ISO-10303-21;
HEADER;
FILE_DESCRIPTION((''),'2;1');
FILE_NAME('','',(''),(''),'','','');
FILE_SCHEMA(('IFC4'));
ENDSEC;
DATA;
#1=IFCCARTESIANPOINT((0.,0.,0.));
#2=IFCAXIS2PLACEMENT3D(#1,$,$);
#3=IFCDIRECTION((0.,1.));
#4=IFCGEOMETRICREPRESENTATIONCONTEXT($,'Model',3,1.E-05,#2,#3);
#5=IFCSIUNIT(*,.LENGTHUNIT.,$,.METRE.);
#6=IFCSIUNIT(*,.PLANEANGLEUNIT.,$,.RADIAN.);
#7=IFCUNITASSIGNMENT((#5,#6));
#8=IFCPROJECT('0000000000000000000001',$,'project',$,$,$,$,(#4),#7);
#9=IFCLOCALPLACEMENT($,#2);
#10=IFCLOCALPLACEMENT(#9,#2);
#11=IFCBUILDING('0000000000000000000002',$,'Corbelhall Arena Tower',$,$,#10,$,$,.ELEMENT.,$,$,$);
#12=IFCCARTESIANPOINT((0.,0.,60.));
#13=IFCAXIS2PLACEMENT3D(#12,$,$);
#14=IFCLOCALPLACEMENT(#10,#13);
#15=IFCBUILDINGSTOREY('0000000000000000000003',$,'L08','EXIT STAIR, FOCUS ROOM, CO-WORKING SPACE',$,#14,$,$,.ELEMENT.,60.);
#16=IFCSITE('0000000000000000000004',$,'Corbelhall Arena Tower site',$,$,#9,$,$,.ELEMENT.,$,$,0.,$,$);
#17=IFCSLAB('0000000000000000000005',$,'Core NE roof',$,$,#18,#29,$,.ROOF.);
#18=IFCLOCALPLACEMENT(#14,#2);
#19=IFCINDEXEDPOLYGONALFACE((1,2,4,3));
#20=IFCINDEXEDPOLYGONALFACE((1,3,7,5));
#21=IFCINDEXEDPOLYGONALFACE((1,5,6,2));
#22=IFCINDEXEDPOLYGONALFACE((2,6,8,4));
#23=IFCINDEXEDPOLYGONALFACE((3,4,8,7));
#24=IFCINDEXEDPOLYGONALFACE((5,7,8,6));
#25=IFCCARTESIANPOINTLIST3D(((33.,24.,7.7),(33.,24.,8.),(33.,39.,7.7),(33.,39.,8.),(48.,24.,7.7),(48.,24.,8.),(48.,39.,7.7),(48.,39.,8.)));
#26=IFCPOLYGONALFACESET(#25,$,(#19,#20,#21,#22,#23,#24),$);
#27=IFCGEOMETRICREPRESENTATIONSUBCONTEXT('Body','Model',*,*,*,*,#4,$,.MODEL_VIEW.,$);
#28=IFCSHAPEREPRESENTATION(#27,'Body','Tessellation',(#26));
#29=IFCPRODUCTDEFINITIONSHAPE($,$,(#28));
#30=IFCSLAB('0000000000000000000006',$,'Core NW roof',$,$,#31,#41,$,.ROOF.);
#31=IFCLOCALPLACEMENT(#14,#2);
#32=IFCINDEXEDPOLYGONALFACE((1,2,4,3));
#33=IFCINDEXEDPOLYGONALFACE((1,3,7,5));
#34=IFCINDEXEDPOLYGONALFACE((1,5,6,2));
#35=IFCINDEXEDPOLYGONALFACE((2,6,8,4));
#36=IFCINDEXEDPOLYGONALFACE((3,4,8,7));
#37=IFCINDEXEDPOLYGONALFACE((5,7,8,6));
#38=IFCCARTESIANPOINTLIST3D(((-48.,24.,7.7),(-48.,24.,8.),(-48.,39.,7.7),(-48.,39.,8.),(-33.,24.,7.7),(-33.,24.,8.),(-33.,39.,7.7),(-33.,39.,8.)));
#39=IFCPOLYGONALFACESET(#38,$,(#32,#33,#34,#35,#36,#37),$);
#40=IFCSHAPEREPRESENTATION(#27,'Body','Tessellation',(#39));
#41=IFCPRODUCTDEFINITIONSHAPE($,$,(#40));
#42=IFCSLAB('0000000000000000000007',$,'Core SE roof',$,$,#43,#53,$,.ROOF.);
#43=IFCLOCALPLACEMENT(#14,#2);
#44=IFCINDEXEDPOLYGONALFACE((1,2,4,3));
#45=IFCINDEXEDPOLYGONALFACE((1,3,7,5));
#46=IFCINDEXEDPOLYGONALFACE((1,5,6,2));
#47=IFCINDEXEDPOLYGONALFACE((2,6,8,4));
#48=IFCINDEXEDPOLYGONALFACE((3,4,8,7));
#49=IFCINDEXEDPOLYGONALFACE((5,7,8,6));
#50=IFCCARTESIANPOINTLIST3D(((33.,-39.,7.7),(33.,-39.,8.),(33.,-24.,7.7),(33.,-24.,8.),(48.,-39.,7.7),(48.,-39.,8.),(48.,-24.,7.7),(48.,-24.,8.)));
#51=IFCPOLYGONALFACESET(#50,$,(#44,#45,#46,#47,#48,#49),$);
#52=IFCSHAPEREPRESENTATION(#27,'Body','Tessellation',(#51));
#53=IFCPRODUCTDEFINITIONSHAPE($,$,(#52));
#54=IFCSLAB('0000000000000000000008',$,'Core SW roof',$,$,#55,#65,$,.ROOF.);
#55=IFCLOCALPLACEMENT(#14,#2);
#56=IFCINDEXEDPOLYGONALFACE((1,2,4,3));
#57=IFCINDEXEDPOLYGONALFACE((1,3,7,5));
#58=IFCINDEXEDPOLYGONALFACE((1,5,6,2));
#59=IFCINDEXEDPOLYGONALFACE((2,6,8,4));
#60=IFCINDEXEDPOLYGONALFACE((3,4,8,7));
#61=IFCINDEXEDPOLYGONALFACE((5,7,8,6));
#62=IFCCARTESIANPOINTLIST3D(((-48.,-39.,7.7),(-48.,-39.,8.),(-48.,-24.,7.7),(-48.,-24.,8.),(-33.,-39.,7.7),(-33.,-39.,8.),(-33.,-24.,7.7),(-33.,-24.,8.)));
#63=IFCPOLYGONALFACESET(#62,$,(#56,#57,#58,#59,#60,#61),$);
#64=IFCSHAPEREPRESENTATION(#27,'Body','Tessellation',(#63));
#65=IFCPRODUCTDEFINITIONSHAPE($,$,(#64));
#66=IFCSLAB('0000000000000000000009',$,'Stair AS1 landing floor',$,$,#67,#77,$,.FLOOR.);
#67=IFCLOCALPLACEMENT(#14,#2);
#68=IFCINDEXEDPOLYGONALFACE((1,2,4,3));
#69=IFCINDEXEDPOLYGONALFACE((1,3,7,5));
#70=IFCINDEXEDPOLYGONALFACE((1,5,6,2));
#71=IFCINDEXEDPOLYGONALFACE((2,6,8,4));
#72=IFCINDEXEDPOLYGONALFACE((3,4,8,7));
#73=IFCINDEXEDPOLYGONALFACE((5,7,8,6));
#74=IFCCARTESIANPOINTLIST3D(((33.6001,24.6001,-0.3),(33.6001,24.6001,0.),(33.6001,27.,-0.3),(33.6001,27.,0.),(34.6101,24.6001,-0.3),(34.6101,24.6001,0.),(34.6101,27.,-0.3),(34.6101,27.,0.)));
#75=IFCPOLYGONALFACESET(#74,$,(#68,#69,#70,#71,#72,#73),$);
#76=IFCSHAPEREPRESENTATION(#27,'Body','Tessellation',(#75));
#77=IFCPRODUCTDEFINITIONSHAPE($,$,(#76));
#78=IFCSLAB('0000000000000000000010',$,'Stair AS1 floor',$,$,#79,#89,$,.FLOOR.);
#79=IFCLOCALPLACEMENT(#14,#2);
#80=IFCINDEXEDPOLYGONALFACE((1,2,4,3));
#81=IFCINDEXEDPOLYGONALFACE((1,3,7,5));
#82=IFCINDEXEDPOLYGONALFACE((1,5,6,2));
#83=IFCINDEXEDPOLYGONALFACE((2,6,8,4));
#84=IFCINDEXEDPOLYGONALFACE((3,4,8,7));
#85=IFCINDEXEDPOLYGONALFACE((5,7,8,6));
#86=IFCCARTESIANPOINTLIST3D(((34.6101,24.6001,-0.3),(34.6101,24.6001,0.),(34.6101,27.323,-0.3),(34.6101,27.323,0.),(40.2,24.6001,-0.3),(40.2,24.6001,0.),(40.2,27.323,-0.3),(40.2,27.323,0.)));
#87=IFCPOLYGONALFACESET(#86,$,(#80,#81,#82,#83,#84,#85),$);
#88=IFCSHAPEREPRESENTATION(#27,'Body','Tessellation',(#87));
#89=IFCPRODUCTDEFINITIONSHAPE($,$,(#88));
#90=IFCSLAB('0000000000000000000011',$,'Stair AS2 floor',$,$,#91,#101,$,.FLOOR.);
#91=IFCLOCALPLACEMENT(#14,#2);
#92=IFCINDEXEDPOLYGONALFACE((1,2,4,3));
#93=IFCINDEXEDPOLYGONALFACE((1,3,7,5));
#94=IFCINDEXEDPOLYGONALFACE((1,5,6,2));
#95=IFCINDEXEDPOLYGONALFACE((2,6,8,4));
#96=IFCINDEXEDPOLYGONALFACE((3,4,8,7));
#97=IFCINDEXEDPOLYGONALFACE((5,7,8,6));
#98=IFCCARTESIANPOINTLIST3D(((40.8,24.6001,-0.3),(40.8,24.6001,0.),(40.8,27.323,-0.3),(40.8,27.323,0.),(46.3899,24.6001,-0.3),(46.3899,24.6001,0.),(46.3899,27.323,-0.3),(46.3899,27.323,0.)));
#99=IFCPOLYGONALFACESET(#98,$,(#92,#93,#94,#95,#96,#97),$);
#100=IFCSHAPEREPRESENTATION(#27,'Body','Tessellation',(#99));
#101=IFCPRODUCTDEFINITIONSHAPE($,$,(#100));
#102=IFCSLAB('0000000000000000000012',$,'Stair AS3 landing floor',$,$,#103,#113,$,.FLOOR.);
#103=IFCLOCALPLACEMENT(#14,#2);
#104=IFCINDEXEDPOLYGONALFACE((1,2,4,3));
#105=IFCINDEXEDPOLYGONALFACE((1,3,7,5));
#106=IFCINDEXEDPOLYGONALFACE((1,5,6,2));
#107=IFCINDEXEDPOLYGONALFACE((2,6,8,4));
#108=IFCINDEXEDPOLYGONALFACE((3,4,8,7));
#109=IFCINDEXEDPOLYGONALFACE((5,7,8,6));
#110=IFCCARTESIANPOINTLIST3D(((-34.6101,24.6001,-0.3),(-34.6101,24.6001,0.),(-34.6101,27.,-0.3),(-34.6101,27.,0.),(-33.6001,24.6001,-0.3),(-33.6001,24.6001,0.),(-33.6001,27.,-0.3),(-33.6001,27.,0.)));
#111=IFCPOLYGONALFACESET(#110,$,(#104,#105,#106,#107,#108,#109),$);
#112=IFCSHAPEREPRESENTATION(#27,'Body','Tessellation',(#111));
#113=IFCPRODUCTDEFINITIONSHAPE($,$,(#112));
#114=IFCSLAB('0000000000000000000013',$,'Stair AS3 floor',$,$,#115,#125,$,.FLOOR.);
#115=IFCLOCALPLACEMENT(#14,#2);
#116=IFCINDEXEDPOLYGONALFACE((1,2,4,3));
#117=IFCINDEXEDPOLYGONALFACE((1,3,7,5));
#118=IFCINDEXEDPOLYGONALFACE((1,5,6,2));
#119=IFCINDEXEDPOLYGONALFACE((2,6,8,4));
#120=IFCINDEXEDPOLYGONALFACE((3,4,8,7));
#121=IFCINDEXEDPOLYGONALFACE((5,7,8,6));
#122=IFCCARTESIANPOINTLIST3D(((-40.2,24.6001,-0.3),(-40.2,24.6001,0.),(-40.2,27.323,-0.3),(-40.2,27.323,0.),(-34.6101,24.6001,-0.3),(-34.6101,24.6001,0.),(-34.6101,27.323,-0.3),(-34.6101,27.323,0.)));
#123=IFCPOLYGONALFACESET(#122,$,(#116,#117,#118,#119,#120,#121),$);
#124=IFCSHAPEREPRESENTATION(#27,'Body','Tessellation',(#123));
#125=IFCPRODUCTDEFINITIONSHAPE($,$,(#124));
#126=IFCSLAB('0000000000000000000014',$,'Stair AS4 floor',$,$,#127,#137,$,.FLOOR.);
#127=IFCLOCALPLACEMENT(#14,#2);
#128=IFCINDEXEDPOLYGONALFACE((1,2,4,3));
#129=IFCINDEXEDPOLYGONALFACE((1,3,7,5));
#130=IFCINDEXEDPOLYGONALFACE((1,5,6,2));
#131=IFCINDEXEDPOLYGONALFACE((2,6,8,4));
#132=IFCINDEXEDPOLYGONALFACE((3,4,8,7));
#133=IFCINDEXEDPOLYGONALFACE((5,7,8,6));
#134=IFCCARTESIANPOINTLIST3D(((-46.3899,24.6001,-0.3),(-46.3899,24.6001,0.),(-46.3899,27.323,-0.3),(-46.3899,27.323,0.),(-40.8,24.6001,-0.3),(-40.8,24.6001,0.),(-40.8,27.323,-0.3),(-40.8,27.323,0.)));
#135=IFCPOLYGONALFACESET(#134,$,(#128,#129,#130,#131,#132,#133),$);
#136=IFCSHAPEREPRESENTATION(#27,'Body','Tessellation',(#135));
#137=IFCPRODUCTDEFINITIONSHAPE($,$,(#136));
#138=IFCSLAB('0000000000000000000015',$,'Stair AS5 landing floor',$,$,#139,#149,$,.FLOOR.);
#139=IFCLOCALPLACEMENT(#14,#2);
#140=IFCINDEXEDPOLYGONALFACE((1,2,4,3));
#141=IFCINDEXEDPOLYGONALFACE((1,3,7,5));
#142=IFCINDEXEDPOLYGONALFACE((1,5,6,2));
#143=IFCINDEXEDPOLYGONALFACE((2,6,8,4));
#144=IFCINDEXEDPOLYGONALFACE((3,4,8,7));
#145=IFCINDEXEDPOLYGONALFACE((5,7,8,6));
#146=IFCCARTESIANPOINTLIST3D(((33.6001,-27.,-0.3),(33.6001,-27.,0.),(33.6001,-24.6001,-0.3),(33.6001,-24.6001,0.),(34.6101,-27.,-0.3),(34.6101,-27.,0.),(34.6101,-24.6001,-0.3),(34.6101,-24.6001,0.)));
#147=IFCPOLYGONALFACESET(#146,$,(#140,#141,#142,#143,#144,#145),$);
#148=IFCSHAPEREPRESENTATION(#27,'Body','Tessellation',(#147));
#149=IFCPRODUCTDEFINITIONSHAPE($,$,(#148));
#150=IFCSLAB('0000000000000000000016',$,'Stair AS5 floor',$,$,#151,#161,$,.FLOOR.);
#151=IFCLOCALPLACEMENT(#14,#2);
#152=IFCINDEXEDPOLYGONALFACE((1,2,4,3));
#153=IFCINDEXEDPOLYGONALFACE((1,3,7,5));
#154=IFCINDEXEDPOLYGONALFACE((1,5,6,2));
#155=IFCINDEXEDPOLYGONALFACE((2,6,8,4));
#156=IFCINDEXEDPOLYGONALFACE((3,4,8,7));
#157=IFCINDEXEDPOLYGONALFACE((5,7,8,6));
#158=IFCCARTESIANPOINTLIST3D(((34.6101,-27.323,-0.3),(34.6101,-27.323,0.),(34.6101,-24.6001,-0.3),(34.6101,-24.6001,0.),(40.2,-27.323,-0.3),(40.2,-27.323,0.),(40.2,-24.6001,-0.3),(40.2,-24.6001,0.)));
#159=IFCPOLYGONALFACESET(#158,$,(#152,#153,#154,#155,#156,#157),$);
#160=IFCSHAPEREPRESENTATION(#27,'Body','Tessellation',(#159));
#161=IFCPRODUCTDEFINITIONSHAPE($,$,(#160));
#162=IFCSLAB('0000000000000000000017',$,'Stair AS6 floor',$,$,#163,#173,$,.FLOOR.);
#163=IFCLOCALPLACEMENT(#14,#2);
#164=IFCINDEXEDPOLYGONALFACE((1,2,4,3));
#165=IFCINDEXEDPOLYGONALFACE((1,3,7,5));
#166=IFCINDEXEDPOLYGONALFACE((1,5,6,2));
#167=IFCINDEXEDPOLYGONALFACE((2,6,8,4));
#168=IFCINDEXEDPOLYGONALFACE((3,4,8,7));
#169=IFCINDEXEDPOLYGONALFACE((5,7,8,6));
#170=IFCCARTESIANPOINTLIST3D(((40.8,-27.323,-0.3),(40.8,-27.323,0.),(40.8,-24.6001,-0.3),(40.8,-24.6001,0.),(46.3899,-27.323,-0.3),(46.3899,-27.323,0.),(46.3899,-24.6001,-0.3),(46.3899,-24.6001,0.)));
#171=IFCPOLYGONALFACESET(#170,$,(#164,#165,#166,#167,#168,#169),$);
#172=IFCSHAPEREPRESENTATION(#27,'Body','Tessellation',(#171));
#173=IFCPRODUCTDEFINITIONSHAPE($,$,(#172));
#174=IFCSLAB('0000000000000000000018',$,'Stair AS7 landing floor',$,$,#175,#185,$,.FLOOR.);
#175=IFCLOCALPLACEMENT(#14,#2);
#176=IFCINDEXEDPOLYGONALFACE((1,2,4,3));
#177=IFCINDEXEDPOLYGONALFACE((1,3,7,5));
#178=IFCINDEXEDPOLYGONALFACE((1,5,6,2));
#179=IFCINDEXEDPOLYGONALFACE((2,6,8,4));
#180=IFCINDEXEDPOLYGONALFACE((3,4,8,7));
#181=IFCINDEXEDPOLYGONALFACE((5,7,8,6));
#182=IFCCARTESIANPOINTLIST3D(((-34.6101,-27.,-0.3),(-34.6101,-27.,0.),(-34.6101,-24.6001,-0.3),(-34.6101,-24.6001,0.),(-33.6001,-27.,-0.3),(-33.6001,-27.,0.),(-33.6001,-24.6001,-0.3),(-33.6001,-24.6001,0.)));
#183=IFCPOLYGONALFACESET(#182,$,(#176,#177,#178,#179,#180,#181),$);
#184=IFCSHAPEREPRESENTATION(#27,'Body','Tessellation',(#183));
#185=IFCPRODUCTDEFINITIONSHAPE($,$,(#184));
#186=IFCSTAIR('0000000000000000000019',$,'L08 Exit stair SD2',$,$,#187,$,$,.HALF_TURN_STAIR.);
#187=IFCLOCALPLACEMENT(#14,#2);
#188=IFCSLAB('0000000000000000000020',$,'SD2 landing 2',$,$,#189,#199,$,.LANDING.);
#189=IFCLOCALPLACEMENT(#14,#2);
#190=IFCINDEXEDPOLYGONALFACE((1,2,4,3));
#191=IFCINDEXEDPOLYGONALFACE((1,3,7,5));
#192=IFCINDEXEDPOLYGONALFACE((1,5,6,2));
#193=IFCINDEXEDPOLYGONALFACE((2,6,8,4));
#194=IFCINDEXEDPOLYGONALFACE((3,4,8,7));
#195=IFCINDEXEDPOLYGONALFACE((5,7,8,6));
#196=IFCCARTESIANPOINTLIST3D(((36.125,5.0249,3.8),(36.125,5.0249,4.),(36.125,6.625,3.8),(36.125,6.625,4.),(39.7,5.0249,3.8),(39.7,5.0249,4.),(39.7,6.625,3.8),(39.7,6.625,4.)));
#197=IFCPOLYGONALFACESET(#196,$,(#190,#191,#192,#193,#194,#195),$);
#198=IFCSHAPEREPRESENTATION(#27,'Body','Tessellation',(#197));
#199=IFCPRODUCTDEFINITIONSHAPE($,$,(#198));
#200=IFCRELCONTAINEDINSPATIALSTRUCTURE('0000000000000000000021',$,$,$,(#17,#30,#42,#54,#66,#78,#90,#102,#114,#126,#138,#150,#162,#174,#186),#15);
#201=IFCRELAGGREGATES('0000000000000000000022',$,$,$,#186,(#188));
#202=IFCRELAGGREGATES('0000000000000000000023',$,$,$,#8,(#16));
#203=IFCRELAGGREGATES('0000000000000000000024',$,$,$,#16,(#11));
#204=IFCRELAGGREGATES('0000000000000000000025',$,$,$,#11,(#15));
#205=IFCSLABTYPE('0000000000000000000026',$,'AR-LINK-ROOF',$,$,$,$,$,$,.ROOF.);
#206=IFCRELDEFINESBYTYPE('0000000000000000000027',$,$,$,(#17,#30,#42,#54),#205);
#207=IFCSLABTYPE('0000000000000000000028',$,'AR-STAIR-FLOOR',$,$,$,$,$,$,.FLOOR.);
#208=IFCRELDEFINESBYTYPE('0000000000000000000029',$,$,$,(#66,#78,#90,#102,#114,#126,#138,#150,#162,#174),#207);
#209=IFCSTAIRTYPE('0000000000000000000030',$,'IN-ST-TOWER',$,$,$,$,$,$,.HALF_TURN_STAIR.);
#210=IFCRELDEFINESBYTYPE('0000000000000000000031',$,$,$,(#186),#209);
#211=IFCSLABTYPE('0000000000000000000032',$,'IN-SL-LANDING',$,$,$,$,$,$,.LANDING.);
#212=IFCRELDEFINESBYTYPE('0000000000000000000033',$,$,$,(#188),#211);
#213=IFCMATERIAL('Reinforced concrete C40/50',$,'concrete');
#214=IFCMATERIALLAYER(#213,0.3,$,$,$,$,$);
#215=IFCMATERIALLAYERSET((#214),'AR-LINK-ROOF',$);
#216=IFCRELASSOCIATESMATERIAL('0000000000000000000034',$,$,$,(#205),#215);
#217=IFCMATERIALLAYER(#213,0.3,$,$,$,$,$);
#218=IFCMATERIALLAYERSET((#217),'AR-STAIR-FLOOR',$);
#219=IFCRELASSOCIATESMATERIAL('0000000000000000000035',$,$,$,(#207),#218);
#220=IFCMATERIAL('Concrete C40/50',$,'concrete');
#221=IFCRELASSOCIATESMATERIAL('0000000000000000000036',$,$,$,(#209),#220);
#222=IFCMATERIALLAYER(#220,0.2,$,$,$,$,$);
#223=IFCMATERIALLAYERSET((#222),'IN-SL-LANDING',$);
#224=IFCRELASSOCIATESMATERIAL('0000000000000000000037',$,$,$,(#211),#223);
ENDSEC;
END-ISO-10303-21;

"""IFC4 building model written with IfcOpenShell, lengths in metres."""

from ifc_helpers import new_model, si_unit, direction, frame, origin, place, context, subcontext, project, spatial, polyline, outline, extrude, material, layer, layer_set, type_object, element, aggregate, save


model = new_model("IFC4")

# Units and contexts
model_context = context("Model", 3, precision=1e-05, world=origin(), true_north=direction((0.0, 1.0)))
body_context = subcontext(model_context, "Body", "Model", "MODEL_VIEW")
ifc_project = project(units=[si_unit("LENGTHUNIT", "METRE"), si_unit("PLANEANGLEUNIT", "RADIAN")], contexts=[model_context])

# Site, building, storey
site_placement = place(None, origin())
site = spatial("IfcSite", under=ifc_project, at=site_placement, Name="Corbelhall Arena Tower site", CompositionType="ELEMENT", RefElevation=0.0)
building_placement = place(site_placement, origin())
building = spatial("IfcBuilding", under=site, at=building_placement, Name="Corbelhall Arena Tower", CompositionType="ELEMENT")
storey_placement = place(building_placement, frame((0.0, 0.0, 60.0)))
storey = spatial("IfcBuildingStorey", under=building, at=storey_placement, Name="L08", Description="EXIT STAIR, FOCUS ROOM, CO-WORKING SPACE", CompositionType="ELEMENT", Elevation=60.0)

# Slabs
ifc_material_1 = material(Name="Reinforced concrete C40/50", Category="concrete")
ifc_layer_1 = layer(ifc_material_1, 0.3)
ifc_layer_set_1 = layer_set([ifc_layer_1], Name="AR-LINK-ROOF")
slab_type_1 = type_object("IfcSlabType", Name="AR-LINK-ROOF", PredefinedType="ROOF", material=ifc_layer_set_1)
slab_1_placement = place(storey_placement, frame((0.0, 0.0, 7.7)))
element("IfcSlab", 1, at=slab_1_placement, inside=storey, type_object=slab_type_1, Name="Core NE roof", PredefinedType="ROOF", context=body_context, shape_type="SweptSolid", body=[
    extrude(outline(polyline([(33.0, 24.0), (48.0, 24.0), (48.0, 39.0), (33.0, 39.0), (33.0, 24.0)])), origin(), (0.0, 0.0, 1.0), 0.3),
])
slab_2_placement = place(storey_placement, frame((0.0, 0.0, 7.7)))
element("IfcSlab", 2, at=slab_2_placement, inside=storey, type_object=slab_type_1, Name="Core NW roof", PredefinedType="ROOF", context=body_context, shape_type="SweptSolid", body=[
    extrude(outline(polyline([(-48.0, 24.0), (-33.0, 24.0), (-33.0, 39.0), (-48.0, 39.0), (-48.0, 24.0)])), origin(), (0.0, 0.0, 1.0), 0.3),
])
slab_3_placement = place(storey_placement, frame((0.0, 0.0, 7.7)))
element("IfcSlab", 3, at=slab_3_placement, inside=storey, type_object=slab_type_1, Name="Core SE roof", PredefinedType="ROOF", context=body_context, shape_type="SweptSolid", body=[
    extrude(outline(polyline([(33.0, -39.0), (48.0, -39.0), (48.0, -24.0), (33.0, -24.0), (33.0, -39.0)])), origin(), (0.0, 0.0, 1.0), 0.3),
])
slab_4_placement = place(storey_placement, frame((0.0, 0.0, 7.7)))
element("IfcSlab", 4, at=slab_4_placement, inside=storey, type_object=slab_type_1, Name="Core SW roof", PredefinedType="ROOF", context=body_context, shape_type="SweptSolid", body=[
    extrude(outline(polyline([(-48.0, -39.0), (-33.0, -39.0), (-33.0, -24.0), (-48.0, -24.0), (-48.0, -39.0)])), origin(), (0.0, 0.0, 1.0), 0.3),
])
ifc_layer_2 = layer(ifc_material_1, 0.3)
ifc_layer_set_2 = layer_set([ifc_layer_2], Name="AR-STAIR-FLOOR")
slab_type_2 = type_object("IfcSlabType", Name="AR-STAIR-FLOOR", PredefinedType="FLOOR", material=ifc_layer_set_2)
slab_5_placement = place(storey_placement, frame((0.0, 0.0, -0.3)))
element("IfcSlab", 5, at=slab_5_placement, inside=storey, type_object=slab_type_2, Name="Stair AS1 landing floor", PredefinedType="FLOOR", context=body_context, shape_type="SweptSolid", body=[
    extrude(outline(polyline([(34.6101, 24.6001), (34.6101, 27.0), (33.6001, 27.0), (33.6001, 24.6001), (34.6101, 24.6001)])), origin(), (0.0, 0.0, 1.0), 0.3),
])
slab_6_placement = place(storey_placement, frame((0.0, 0.0, -0.3)))
element("IfcSlab", 6, at=slab_6_placement, inside=storey, type_object=slab_type_2, Name="Stair AS1 floor", PredefinedType="FLOOR", context=body_context, shape_type="SweptSolid", body=[
    extrude(outline(polyline([(40.2, 24.6001), (34.6101, 24.6001), (34.6101, 27.323), (40.2, 27.323), (40.2, 24.6001)])), origin(), (0.0, 0.0, 1.0), 0.3),
])
slab_7_placement = place(storey_placement, frame((0.0, 0.0, -0.3)))
element("IfcSlab", 7, at=slab_7_placement, inside=storey, type_object=slab_type_2, Name="Stair AS2 floor", PredefinedType="FLOOR", context=body_context, shape_type="SweptSolid", body=[
    extrude(outline(polyline([(46.3899, 24.6001), (40.8, 24.6001), (40.8, 27.323), (46.3899, 27.323), (46.3899, 24.6001)])), origin(), (0.0, 0.0, 1.0), 0.3),
])
slab_8_placement = place(storey_placement, frame((0.0, 0.0, -0.3)))
element("IfcSlab", 8, at=slab_8_placement, inside=storey, type_object=slab_type_2, Name="Stair AS3 landing floor", PredefinedType="FLOOR", context=body_context, shape_type="SweptSolid", body=[
    extrude(outline(polyline([(-33.6001, 24.6001), (-33.6001, 27.0), (-34.6101, 27.0), (-34.6101, 24.6001), (-33.6001, 24.6001)])), origin(), (0.0, 0.0, 1.0), 0.3),
])
slab_9_placement = place(storey_placement, frame((0.0, 0.0, -0.3)))
element("IfcSlab", 9, at=slab_9_placement, inside=storey, type_object=slab_type_2, Name="Stair AS3 floor", PredefinedType="FLOOR", context=body_context, shape_type="SweptSolid", body=[
    extrude(outline(polyline([(-34.6101, 24.6001), (-40.2, 24.6001), (-40.2, 27.323), (-34.6101, 27.323), (-34.6101, 24.6001)])), origin(), (0.0, 0.0, 1.0), 0.3),
])
slab_10_placement = place(storey_placement, frame((0.0, 0.0, -0.3)))
element("IfcSlab", 10, at=slab_10_placement, inside=storey, type_object=slab_type_2, Name="Stair AS4 floor", PredefinedType="FLOOR", context=body_context, shape_type="SweptSolid", body=[
    extrude(outline(polyline([(-40.8, 24.6001), (-46.3899, 24.6001), (-46.3899, 27.323), (-40.8, 27.323), (-40.8, 24.6001)])), origin(), (0.0, 0.0, 1.0), 0.3),
])
slab_11_placement = place(storey_placement, frame((0.0, 0.0, -0.3)))
element("IfcSlab", 11, at=slab_11_placement, inside=storey, type_object=slab_type_2, Name="Stair AS5 landing floor", PredefinedType="FLOOR", context=body_context, shape_type="SweptSolid", body=[
    extrude(outline(polyline([(34.6101, -27.0), (34.6101, -24.6001), (33.6001, -24.6001), (33.6001, -27.0), (34.6101, -27.0)])), origin(), (0.0, 0.0, 1.0), 0.3),
])
slab_12_placement = place(storey_placement, frame((0.0, 0.0, -0.3)))
element("IfcSlab", 12, at=slab_12_placement, inside=storey, type_object=slab_type_2, Name="Stair AS5 floor", PredefinedType="FLOOR", context=body_context, shape_type="SweptSolid", body=[
    extrude(outline(polyline([(34.6101, -24.6001), (40.2, -24.6001), (40.2, -27.323), (34.6101, -27.323), (34.6101, -24.6001)])), origin(), (0.0, 0.0, 1.0), 0.3),
])
slab_13_placement = place(storey_placement, frame((0.0, 0.0, -0.3)))
element("IfcSlab", 13, at=slab_13_placement, inside=storey, type_object=slab_type_2, Name="Stair AS6 floor", PredefinedType="FLOOR", context=body_context, shape_type="SweptSolid", body=[
    extrude(outline(polyline([(40.8, -24.6001), (46.3899, -24.6001), (46.3899, -27.323), (40.8, -27.323), (40.8, -24.6001)])), origin(), (0.0, 0.0, 1.0), 0.3),
])
slab_14_placement = place(storey_placement, frame((0.0, 0.0, -0.3)))
element("IfcSlab", 14, at=slab_14_placement, inside=storey, type_object=slab_type_2, Name="Stair AS7 landing floor", PredefinedType="FLOOR", context=body_context, shape_type="SweptSolid", body=[
    extrude(outline(polyline([(-33.6001, -27.0), (-33.6001, -24.6001), (-34.6101, -24.6001), (-34.6101, -27.0), (-33.6001, -27.0)])), origin(), (0.0, 0.0, 1.0), 0.3),
])

# Stair, slab
ifc_material_2 = material(Name="Concrete C40/50", Category="concrete")
stair_type = type_object("IfcStairType", Name="IN-ST-TOWER", PredefinedType="HALF_TURN_STAIR", material=ifc_material_2)
stair_1_placement = place(storey_placement, origin())
stair_1 = element("IfcStair", 15, at=stair_1_placement, inside=storey, type_object=stair_type, Name="L08 Exit stair SD2", PredefinedType="HALF_TURN_STAIR")
ifc_layer_3 = layer(ifc_material_2, 0.2)
ifc_layer_set_3 = layer_set([ifc_layer_3], Name="IN-SL-LANDING")
slab_type_3 = type_object("IfcSlabType", Name="IN-SL-LANDING", PredefinedType="LANDING", material=ifc_layer_set_3)
slab_15_placement = place(storey_placement, frame((0.0, 0.0, 3.8)))
slab_15 = element("IfcSlab", 16, at=slab_15_placement, type_object=slab_type_3, Name="SD2 landing 2", PredefinedType="LANDING", context=body_context, shape_type="SweptSolid", body=[
    extrude(outline(polyline([(36.125, 6.625), (36.125, 5.0249), (39.7, 5.0249), (39.7, 6.625), (36.125, 6.625)])), origin(), (0.0, 0.0, 1.0), 0.2),
])
aggregate(stair_1, [slab_15])

save(model, "model.ifc")
